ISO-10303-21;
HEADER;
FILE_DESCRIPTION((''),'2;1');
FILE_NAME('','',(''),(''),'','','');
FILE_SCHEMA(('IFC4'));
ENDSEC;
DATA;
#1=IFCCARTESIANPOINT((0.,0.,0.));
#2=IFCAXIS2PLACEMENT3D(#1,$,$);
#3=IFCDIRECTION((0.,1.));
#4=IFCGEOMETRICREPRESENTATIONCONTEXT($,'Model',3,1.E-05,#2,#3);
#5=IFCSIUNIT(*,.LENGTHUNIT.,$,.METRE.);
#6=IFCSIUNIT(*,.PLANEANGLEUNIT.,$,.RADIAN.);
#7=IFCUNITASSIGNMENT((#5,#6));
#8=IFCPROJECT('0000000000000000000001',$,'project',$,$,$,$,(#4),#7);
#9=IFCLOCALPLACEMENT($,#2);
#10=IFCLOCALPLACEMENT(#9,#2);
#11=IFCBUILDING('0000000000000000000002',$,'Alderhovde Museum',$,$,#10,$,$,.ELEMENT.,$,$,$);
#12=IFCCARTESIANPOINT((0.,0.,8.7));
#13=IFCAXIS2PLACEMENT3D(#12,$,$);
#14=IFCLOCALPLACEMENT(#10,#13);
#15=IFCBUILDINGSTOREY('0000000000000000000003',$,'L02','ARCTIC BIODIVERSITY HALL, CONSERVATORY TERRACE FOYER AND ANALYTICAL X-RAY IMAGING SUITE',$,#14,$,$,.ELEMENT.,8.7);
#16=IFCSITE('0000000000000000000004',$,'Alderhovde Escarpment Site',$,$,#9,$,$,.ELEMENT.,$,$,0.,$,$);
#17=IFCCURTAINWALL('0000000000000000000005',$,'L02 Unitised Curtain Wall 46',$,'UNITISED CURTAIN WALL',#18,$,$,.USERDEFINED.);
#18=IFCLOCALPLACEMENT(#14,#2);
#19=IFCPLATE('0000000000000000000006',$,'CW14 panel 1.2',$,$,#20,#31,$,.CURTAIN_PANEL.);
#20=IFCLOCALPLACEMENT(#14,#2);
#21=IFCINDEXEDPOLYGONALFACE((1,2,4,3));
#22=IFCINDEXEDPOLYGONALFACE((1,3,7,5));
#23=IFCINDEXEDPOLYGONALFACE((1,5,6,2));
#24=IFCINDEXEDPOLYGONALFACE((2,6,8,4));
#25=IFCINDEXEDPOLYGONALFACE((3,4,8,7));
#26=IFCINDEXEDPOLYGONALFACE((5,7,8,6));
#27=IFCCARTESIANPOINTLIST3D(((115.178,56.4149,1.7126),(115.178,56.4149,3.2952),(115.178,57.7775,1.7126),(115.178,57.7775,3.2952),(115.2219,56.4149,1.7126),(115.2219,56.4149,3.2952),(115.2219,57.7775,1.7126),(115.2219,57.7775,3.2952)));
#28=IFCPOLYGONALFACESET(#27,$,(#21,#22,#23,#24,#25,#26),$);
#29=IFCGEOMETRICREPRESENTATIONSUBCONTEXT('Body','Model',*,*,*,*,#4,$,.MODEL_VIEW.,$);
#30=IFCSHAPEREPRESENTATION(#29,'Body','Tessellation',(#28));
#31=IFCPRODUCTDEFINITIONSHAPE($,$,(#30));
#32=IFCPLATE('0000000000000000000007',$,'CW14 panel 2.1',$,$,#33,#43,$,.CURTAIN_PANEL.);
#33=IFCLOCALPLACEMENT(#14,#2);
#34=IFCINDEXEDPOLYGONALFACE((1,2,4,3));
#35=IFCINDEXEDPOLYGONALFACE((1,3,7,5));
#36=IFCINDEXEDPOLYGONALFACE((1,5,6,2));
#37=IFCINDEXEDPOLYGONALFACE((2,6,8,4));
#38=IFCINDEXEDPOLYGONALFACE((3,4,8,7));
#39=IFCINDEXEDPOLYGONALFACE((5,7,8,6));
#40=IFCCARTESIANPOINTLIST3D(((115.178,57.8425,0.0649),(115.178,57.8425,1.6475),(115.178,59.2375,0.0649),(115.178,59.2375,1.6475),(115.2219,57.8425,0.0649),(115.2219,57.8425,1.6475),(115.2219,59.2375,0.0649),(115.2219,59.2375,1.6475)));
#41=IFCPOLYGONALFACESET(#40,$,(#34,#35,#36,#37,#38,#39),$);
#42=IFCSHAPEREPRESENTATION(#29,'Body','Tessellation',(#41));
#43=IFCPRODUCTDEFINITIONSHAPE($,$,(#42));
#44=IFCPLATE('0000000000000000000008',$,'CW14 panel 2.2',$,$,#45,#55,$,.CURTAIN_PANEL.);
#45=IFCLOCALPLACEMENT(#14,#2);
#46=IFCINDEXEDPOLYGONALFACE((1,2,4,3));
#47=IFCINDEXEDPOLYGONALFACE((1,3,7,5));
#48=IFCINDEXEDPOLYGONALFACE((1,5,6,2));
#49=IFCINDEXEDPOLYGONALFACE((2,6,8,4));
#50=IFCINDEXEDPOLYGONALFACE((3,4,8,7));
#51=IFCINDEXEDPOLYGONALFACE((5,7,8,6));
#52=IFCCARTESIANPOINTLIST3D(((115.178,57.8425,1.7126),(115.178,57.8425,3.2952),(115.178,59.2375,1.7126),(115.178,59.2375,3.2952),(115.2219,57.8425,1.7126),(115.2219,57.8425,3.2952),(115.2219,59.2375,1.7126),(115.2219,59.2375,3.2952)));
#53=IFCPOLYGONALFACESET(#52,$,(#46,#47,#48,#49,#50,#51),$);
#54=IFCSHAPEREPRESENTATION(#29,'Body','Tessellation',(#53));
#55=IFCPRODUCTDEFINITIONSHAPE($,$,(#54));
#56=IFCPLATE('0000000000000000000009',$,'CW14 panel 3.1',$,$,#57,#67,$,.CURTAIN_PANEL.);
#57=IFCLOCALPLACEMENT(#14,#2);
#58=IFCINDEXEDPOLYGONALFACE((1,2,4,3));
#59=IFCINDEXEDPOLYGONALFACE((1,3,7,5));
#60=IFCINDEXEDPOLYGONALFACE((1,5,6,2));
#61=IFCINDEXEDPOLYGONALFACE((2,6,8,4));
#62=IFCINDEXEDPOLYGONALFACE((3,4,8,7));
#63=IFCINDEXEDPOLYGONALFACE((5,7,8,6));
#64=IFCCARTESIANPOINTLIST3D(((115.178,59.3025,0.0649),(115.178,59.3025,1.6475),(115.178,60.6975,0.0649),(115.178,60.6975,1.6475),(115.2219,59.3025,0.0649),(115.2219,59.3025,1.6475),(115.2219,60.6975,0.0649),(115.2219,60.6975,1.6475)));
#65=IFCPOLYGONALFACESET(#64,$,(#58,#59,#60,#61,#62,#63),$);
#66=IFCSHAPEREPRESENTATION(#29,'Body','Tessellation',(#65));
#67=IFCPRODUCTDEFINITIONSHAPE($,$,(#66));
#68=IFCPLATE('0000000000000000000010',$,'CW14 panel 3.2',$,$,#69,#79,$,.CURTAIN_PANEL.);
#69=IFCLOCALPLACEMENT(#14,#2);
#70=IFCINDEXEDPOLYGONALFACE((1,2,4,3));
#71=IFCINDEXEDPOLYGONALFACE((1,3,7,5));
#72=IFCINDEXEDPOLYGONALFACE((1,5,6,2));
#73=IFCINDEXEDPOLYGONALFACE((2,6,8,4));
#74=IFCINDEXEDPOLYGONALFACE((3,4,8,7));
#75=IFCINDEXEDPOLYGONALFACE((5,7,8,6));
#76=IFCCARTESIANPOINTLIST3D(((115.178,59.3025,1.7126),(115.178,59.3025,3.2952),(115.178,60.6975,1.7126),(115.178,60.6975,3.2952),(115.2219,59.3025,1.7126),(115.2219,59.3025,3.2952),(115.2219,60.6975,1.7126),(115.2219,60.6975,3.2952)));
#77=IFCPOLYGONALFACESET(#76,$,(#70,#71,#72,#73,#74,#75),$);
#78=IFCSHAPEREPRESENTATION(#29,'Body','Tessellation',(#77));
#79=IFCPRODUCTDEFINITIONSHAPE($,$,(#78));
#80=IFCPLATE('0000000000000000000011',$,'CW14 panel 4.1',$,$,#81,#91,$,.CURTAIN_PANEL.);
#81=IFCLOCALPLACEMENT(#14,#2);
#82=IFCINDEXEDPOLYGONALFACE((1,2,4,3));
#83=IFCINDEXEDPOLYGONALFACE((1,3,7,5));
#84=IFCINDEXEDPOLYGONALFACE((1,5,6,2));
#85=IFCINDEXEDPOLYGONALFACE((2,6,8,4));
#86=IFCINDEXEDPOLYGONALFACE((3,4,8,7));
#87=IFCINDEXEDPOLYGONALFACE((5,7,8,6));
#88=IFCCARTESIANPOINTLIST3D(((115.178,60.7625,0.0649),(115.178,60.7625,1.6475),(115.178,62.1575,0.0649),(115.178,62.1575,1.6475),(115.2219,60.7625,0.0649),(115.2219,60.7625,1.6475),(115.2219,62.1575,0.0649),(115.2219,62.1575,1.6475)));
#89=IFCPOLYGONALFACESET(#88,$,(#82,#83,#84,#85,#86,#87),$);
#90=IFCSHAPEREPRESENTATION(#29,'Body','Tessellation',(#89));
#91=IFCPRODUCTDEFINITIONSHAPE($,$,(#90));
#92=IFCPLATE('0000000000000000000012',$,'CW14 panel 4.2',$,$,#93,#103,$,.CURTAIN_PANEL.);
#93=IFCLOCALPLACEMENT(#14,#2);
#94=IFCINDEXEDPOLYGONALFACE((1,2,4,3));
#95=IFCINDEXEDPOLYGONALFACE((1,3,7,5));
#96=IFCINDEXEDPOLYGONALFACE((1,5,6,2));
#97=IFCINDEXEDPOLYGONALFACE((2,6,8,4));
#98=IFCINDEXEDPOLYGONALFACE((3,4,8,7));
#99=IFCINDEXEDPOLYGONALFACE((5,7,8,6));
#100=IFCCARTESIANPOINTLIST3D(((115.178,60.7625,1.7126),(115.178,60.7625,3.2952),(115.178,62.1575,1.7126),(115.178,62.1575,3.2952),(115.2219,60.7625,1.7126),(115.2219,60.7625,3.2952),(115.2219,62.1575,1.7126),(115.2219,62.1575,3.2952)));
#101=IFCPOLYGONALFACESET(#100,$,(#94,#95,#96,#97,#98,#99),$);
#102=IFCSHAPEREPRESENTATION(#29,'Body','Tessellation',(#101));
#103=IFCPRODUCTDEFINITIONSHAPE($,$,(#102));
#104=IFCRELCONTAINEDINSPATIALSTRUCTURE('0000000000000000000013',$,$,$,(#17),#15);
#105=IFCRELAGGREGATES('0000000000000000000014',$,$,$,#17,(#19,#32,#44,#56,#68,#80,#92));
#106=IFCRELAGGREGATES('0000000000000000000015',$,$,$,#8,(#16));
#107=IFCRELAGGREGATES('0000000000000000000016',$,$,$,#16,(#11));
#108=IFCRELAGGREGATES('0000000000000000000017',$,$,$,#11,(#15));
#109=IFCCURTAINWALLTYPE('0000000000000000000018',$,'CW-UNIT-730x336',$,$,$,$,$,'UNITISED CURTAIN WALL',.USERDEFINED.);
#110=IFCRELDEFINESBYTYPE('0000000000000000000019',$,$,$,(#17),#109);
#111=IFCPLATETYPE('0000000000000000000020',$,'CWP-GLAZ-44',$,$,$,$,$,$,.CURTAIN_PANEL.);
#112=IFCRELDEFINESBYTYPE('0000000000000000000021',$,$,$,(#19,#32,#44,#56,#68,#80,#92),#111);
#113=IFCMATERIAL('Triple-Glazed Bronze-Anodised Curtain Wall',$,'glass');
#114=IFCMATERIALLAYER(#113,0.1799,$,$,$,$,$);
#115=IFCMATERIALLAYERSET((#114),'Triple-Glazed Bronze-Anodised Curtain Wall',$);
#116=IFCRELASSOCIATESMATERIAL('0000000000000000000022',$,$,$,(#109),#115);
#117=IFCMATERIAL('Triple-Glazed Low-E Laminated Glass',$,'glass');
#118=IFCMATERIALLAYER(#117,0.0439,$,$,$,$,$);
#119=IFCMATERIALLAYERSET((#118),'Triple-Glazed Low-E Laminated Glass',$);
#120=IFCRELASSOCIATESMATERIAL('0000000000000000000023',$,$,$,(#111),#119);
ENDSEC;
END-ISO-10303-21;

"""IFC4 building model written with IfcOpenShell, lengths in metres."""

from ifc_helpers import new_model, si_unit, direction, frame, origin, origin_2d, place, context, subcontext, project, spatial, rectangle, extrude, material, layer, layer_set, type_object, element, aggregate, save


model = new_model("IFC4")

# Units and contexts
model_context = context("Model", 3, precision=1e-05, world=origin(), true_north=direction((0.0, 1.0)))
body_context = subcontext(model_context, "Body", "Model", "MODEL_VIEW")
ifc_project = project(units=[si_unit("LENGTHUNIT", "METRE"), si_unit("PLANEANGLEUNIT", "RADIAN")], contexts=[model_context])

# Site, building, storey
site_placement = place(None, origin())
site = spatial("IfcSite", under=ifc_project, at=site_placement, Name="Alderhovde Escarpment Site", CompositionType="ELEMENT", RefElevation=0.0)
building_placement = place(site_placement, origin())
building = spatial("IfcBuilding", under=site, at=building_placement, Name="Alderhovde Museum", CompositionType="ELEMENT")
storey_placement = place(building_placement, frame((0.0, 0.0, 8.7)))
storey = spatial("IfcBuildingStorey", under=building, at=storey_placement, Name="L02", Description="ARCTIC BIODIVERSITY HALL, CONSERVATORY TERRACE FOYER AND ANALYTICAL X-RAY IMAGING SUITE", CompositionType="ELEMENT", Elevation=8.7)

# Shared definitions
ifc_material_1 = material(Name="Triple-Glazed Bronze-Anodised Curtain Wall", Category="glass")
ifc_layer_1 = layer(ifc_material_1, 0.1799)
ifc_layer_set_1 = layer_set([ifc_layer_1], Name="Triple-Glazed Bronze-Anodised Curtain Wall")
curtain_wall_type = type_object("IfcCurtainWallType", Name="CW-UNIT-730x336", ElementType="UNITISED CURTAIN WALL", PredefinedType="USERDEFINED", material=ifc_layer_set_1)

# Curtain wall, plates
curtain_wall_1_placement = place(storey_placement, origin())
curtain_wall_1 = element("IfcCurtainWall", 1, at=curtain_wall_1_placement, inside=storey, type_object=curtain_wall_type, Name="L02 Unitised Curtain Wall 46", ObjectType="UNITISED CURTAIN WALL", PredefinedType="USERDEFINED")
ifc_material_2 = material(Name="Triple-Glazed Low-E Laminated Glass", Category="glass")
ifc_layer_2 = layer(ifc_material_2, 0.0439)
ifc_layer_set_2 = layer_set([ifc_layer_2], Name="Triple-Glazed Low-E Laminated Glass")
plate_type = type_object("IfcPlateType", Name="CWP-GLAZ-44", PredefinedType="CURTAIN_PANEL", material=ifc_layer_set_2)
plate_1_placement = place(storey_placement, frame((115.2, 57.0962, 1.7126), z_axis=(0.0, 0.0, 1.0), x_axis=(0.0, 1.0, 0.0)))
plate_1 = element("IfcPlate", 2, at=plate_1_placement, type_object=plate_type, Name="CW14 panel 1.2", PredefinedType="CURTAIN_PANEL", context=body_context, shape_type="SweptSolid", body=[
    extrude(rectangle(XDim=1.3625, YDim=0.0439, at=origin_2d()), origin(), (0.0, 0.0, 1.0), 1.5825),
])
plate_2_placement = place(storey_placement, frame((115.2, 58.54, 0.0649), z_axis=(0.0, 0.0, 1.0), x_axis=(0.0, 1.0, 0.0)))
plate_2 = element("IfcPlate", 3, at=plate_2_placement, type_object=plate_type, Name="CW14 panel 2.1", PredefinedType="CURTAIN_PANEL", context=body_context, shape_type="SweptSolid", body=[
    extrude(rectangle(XDim=1.395, YDim=0.0439, at=origin_2d()), origin(), (0.0, 0.0, 1.0), 1.5825),
])
plate_3_placement = place(storey_placement, frame((115.2, 58.54, 1.7126), z_axis=(0.0, 0.0, 1.0), x_axis=(0.0, 1.0, 0.0)))
plate_3 = element("IfcPlate", 4, at=plate_3_placement, type_object=plate_type, Name="CW14 panel 2.2", PredefinedType="CURTAIN_PANEL", context=body_context, shape_type="SweptSolid", body=[
    extrude(rectangle(XDim=1.395, YDim=0.0439, at=origin_2d()), origin(), (0.0, 0.0, 1.0), 1.5825),
])
plate_4_placement = place(storey_placement, frame((115.2, 60.0, 0.0649), z_axis=(0.0, 0.0, 1.0), x_axis=(0.0, 1.0, 0.0)))
plate_4 = element("IfcPlate", 5, at=plate_4_placement, type_object=plate_type, Name="CW14 panel 3.1", PredefinedType="CURTAIN_PANEL", context=body_context, shape_type="SweptSolid", body=[
    extrude(rectangle(XDim=1.395, YDim=0.0439, at=origin_2d()), origin(), (0.0, 0.0, 1.0), 1.5825),
])
plate_5_placement = place(storey_placement, frame((115.2, 60.0, 1.7126), z_axis=(0.0, 0.0, 1.0), x_axis=(0.0, 1.0, 0.0)))
plate_5 = element("IfcPlate", 6, at=plate_5_placement, type_object=plate_type, Name="CW14 panel 3.2", PredefinedType="CURTAIN_PANEL", context=body_context, shape_type="SweptSolid", body=[
    extrude(rectangle(XDim=1.395, YDim=0.0439, at=origin_2d()), origin(), (0.0, 0.0, 1.0), 1.5825),
])
plate_6_placement = place(storey_placement, frame((115.2, 61.46, 0.0649), z_axis=(0.0, 0.0, 1.0), x_axis=(0.0, 1.0, 0.0)))
plate_6 = element("IfcPlate", 7, at=plate_6_placement, type_object=plate_type, Name="CW14 panel 4.1", PredefinedType="CURTAIN_PANEL", context=body_context, shape_type="SweptSolid", body=[
    extrude(rectangle(XDim=1.395, YDim=0.0439, at=origin_2d()), origin(), (0.0, 0.0, 1.0), 1.5825),
])
plate_7_placement = place(storey_placement, frame((115.2, 61.46, 1.7126), z_axis=(0.0, 0.0, 1.0), x_axis=(0.0, 1.0, 0.0)))
plate_7 = element("IfcPlate", 8, at=plate_7_placement, type_object=plate_type, Name="CW14 panel 4.2", PredefinedType="CURTAIN_PANEL", context=body_context, shape_type="SweptSolid", body=[
    extrude(rectangle(XDim=1.395, YDim=0.0439, at=origin_2d()), origin(), (0.0, 0.0, 1.0), 1.5825),
])
aggregate(curtain_wall_1, [plate_1, plate_2, plate_3, plate_4, plate_5, plate_6, plate_7])

save(model, "model.ifc")
